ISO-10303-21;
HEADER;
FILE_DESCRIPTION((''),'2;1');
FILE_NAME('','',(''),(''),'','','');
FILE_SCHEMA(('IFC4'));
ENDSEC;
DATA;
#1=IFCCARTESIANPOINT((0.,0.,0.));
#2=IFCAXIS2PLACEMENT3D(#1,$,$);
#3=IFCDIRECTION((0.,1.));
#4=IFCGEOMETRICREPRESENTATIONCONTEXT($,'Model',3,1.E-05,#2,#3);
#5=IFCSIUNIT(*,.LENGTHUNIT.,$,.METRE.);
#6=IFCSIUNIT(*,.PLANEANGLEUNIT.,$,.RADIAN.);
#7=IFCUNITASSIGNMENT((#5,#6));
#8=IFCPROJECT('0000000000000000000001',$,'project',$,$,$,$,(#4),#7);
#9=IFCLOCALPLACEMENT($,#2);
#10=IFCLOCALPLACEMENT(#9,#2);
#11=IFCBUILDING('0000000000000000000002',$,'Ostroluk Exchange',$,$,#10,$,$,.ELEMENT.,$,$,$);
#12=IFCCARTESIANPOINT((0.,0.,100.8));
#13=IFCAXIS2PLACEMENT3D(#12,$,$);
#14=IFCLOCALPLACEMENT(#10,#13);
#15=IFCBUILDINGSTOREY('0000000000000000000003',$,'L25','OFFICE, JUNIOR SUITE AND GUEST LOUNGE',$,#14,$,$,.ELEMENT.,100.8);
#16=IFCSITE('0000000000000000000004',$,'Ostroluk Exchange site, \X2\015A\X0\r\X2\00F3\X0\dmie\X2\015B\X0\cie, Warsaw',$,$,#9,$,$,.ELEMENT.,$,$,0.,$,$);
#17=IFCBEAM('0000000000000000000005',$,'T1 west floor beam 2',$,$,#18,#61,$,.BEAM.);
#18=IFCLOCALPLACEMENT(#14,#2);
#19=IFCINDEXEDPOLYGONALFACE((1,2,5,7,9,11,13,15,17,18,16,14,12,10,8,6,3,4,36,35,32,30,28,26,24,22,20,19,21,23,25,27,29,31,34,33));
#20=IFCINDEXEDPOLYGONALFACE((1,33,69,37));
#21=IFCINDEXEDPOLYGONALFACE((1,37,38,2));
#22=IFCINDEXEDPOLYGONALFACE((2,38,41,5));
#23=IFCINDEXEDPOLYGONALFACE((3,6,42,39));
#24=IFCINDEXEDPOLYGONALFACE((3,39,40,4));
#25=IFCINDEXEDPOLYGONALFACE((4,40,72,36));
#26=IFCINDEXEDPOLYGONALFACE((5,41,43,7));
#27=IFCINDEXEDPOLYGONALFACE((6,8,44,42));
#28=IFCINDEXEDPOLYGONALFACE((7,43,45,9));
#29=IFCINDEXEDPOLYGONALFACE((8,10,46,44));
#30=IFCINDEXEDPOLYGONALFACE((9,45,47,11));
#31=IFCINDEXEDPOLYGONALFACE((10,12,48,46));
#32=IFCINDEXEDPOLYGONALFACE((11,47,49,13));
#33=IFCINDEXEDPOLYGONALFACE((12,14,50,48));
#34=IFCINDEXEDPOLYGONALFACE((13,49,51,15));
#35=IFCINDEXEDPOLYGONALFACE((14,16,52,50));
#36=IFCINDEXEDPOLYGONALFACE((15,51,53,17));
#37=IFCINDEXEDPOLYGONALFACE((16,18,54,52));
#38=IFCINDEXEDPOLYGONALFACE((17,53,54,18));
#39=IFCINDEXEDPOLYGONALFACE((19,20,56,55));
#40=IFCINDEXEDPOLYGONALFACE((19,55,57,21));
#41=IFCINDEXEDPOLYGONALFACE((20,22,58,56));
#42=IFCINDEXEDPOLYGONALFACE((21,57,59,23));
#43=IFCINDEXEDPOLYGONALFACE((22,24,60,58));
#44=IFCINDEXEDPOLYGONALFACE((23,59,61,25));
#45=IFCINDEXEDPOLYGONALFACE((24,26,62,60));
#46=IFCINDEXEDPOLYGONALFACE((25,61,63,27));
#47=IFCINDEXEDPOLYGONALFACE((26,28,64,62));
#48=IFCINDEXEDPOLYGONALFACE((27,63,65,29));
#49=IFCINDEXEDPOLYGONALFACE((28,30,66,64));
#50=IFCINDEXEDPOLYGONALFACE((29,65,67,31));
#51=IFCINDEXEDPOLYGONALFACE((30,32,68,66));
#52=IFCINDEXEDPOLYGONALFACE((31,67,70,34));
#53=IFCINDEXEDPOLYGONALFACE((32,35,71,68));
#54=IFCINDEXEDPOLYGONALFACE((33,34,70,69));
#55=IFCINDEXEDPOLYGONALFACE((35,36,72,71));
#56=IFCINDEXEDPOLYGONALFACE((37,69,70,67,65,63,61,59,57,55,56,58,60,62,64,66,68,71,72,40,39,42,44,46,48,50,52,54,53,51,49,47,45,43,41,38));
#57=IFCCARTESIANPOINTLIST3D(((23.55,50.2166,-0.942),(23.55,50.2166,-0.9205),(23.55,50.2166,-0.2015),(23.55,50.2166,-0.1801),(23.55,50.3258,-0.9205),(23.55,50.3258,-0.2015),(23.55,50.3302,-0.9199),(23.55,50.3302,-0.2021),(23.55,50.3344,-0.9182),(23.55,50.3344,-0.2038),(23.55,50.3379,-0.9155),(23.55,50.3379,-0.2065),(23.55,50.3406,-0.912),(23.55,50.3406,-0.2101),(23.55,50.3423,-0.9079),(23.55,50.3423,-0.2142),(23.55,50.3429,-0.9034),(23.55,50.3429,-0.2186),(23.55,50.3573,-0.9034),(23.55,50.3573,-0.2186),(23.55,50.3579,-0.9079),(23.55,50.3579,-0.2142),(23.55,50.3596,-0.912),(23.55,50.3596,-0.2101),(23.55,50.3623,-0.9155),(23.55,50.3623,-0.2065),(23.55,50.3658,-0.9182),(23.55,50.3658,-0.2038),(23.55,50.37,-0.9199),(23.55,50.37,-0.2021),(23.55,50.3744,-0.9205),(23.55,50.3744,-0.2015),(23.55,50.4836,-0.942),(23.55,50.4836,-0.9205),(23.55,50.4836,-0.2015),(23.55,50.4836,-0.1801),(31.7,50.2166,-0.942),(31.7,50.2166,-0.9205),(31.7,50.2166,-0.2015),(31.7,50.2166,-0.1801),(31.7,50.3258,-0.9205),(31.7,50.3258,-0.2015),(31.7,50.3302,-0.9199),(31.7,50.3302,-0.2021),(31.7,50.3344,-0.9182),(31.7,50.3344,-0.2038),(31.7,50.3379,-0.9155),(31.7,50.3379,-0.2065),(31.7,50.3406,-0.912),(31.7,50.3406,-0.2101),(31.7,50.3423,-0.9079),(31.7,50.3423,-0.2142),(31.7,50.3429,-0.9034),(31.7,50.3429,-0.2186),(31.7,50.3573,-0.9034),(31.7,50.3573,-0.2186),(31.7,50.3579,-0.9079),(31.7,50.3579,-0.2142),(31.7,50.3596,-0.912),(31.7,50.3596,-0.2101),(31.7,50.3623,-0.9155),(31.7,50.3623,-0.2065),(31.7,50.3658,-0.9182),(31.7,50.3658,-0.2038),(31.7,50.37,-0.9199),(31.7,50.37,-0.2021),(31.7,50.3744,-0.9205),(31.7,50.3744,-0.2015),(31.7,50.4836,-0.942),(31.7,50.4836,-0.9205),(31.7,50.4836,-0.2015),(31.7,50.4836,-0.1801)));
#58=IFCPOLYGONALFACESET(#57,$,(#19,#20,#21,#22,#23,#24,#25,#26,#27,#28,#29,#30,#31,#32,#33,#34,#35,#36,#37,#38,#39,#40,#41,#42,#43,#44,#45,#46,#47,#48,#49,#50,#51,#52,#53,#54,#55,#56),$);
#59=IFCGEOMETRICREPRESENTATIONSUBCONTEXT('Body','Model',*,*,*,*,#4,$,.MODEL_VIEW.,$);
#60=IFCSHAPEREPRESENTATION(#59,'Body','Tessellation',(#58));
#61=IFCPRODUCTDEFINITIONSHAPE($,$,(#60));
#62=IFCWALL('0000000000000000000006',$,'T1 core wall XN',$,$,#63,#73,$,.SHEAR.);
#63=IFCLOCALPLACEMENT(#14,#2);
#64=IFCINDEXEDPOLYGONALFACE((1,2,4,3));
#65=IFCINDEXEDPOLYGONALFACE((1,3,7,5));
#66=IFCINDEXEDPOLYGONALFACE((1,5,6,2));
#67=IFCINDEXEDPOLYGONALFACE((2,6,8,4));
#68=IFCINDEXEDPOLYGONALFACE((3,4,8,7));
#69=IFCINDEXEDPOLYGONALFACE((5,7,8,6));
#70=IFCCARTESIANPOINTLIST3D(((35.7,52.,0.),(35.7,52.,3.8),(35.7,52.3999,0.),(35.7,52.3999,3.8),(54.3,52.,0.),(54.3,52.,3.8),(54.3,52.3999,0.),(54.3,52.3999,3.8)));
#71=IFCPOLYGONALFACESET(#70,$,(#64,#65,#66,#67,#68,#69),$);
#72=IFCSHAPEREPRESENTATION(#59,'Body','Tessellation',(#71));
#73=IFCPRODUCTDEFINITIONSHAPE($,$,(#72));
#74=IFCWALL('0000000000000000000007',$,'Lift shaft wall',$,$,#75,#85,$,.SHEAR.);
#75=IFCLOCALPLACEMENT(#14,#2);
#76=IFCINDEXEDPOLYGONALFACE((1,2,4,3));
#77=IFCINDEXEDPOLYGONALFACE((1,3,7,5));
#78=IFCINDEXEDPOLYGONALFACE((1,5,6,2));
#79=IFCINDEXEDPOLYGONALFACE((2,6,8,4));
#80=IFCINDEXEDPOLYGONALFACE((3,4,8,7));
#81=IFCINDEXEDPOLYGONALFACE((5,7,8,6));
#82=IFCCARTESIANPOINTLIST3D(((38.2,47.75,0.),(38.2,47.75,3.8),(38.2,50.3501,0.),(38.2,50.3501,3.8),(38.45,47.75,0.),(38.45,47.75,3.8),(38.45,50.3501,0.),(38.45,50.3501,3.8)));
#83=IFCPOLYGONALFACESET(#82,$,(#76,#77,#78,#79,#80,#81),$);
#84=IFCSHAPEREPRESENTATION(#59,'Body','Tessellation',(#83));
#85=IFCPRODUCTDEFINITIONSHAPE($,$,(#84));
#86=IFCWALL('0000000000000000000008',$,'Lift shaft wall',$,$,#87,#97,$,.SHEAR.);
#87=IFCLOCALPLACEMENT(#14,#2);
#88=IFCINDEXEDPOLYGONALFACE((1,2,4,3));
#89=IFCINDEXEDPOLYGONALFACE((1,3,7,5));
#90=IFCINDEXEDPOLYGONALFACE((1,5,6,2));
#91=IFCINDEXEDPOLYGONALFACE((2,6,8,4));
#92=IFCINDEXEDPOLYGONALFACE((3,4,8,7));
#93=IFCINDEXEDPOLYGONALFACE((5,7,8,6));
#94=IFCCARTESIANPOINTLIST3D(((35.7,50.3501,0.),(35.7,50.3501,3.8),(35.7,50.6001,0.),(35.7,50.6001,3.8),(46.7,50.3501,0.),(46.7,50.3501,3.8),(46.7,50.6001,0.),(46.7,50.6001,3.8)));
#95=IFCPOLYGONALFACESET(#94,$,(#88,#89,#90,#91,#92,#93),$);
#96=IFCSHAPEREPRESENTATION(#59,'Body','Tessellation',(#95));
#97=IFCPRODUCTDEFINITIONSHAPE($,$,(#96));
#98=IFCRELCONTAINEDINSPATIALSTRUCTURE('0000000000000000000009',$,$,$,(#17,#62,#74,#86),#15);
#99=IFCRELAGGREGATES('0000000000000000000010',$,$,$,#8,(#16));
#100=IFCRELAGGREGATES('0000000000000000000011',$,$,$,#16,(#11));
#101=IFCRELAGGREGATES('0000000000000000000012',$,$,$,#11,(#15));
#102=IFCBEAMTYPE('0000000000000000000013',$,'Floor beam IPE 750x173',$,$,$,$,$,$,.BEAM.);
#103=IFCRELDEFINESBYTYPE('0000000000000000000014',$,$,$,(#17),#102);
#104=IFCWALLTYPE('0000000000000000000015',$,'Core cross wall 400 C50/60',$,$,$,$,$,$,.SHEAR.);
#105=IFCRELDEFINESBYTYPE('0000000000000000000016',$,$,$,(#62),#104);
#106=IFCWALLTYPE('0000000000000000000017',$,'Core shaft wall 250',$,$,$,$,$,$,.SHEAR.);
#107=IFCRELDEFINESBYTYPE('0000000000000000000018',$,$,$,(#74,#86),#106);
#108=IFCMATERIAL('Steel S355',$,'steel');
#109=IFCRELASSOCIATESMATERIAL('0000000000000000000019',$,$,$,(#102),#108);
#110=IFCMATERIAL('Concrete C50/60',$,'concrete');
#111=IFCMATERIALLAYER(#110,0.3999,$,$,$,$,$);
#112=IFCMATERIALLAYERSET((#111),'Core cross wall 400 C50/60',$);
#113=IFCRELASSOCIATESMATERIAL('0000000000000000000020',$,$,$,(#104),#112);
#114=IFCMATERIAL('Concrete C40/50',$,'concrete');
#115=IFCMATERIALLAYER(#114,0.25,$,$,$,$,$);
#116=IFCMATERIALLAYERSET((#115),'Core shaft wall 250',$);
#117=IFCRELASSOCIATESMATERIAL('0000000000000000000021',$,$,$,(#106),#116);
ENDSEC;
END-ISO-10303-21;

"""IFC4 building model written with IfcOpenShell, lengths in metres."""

from ifc_helpers import new_model, si_unit, direction, frame, frame_2d, origin, origin_2d, place, context, subcontext, project, spatial, rectangle, i_section, extrude, material, layer, layer_set, material_profile, profile_set, type_object, element, save


model = new_model("IFC4")

# Units and contexts
model_context = context("Model", 3, precision=1e-05, world=origin(), true_north=direction((0.0, 1.0)))
body_context = subcontext(model_context, "Body", "Model", "MODEL_VIEW")
ifc_project = project(units=[si_unit("LENGTHUNIT", "METRE"), si_unit("PLANEANGLEUNIT", "RADIAN")], contexts=[model_context])

# Site, building, storey
site_placement = place(None, origin())
site = spatial("IfcSite", under=ifc_project, at=site_placement, Name="Ostroluk Exchange site, Śródmieście, Warsaw", CompositionType="ELEMENT", RefElevation=0.0)
building_placement = place(site_placement, origin())
building = spatial("IfcBuilding", under=site, at=building_placement, Name="Ostroluk Exchange", CompositionType="ELEMENT")
storey_placement = place(building_placement, frame((0.0, 0.0, 100.8)))
storey = spatial("IfcBuildingStorey", under=building, at=storey_placement, Name="L25", Description="OFFICE, JUNIOR SUITE AND GUEST LOUNGE", CompositionType="ELEMENT", Elevation=100.8)

# Beam
ifc_material_1 = material(Name="Steel S355", Category="steel")
ifc_material_profile = material_profile(ifc_material_1, i_section(OverallWidth=0.2671, OverallDepth=0.762, WebThickness=0.0144, FlangeThickness=0.0215, FilletRadius=0.0171, at=origin_2d()), Name="IPE 750x173")
ifc_profile_set = profile_set([ifc_material_profile], Name="Steel S355")
beam_type = type_object("IfcBeamType", Name="Floor beam IPE 750x173", PredefinedType="BEAM", material=ifc_profile_set)
beam_placement = place(storey_placement, frame((31.7, 50.3501, -0.561), z_axis=(-1.0, 0.0, 0.0), x_axis=(0.0, -1.0, 0.0)))
element("IfcBeam", 1, at=beam_placement, inside=storey, type_object=beam_type, Name="T1 west floor beam 2", PredefinedType="BEAM", context=body_context, shape_type="SweptSolid", body=[
    extrude(i_section(OverallWidth=0.2671, OverallDepth=0.762, WebThickness=0.0144, FlangeThickness=0.0215, FilletRadius=0.0171, at=origin_2d()), origin(), (0.0, 0.0, 1.0), 8.1499),
])

# Walls
ifc_material_2 = material(Name="Concrete C50/60", Category="concrete")
ifc_layer_1 = layer(ifc_material_2, 0.3999)
ifc_layer_set_1 = layer_set([ifc_layer_1], Name="Core cross wall 400 C50/60")
wall_type_1 = type_object("IfcWallType", Name="Core cross wall 400 C50/60", PredefinedType="SHEAR", material=ifc_layer_set_1)
wall_1_placement = place(storey_placement, frame((35.7, 52.2, 0.0), z_axis=(0.0, 0.0, 1.0), x_axis=(1.0, 0.0, 0.0)))
element("IfcWall", 2, at=wall_1_placement, inside=storey, type_object=wall_type_1, Name="T1 core wall XN", PredefinedType="SHEAR", context=body_context, shape_type="SweptSolid", body=[
    extrude(rectangle(XDim=18.6001, YDim=0.3999, at=frame_2d((9.3, 0.0))), origin(), (0.0, 0.0, 1.0), 3.8),
])
ifc_material_3 = material(Name="Concrete C40/50", Category="concrete")
ifc_layer_2 = layer(ifc_material_3, 0.25)
ifc_layer_set_2 = layer_set([ifc_layer_2], Name="Core shaft wall 250")
wall_type_2 = type_object("IfcWallType", Name="Core shaft wall 250", PredefinedType="SHEAR", material=ifc_layer_set_2)
wall_2_placement = place(storey_placement, frame((38.325, 47.75, 0.0), z_axis=(0.0, 0.0, 1.0), x_axis=(0.0, 1.0, 0.0)))
element("IfcWall", 3, at=wall_2_placement, inside=storey, type_object=wall_type_2, Name="Lift shaft wall", PredefinedType="SHEAR", context=body_context, shape_type="SweptSolid", body=[
    extrude(rectangle(XDim=2.6001, YDim=0.25, at=frame_2d((1.3, 0.0))), origin(), (0.0, 0.0, 1.0), 3.8),
])
wall_3_placement = place(storey_placement, frame((35.7, 50.4751, 0.0), z_axis=(0.0, 0.0, 1.0), x_axis=(1.0, 0.0, 0.0)))
element("IfcWall", 4, at=wall_3_placement, inside=storey, type_object=wall_type_2, Name="Lift shaft wall", PredefinedType="SHEAR", context=body_context, shape_type="SweptSolid", body=[
    extrude(rectangle(XDim=11.0, YDim=0.25, at=frame_2d((5.5, 0.0))), origin(), (0.0, 0.0, 1.0), 3.8),
])

save(model, "model.ifc")
